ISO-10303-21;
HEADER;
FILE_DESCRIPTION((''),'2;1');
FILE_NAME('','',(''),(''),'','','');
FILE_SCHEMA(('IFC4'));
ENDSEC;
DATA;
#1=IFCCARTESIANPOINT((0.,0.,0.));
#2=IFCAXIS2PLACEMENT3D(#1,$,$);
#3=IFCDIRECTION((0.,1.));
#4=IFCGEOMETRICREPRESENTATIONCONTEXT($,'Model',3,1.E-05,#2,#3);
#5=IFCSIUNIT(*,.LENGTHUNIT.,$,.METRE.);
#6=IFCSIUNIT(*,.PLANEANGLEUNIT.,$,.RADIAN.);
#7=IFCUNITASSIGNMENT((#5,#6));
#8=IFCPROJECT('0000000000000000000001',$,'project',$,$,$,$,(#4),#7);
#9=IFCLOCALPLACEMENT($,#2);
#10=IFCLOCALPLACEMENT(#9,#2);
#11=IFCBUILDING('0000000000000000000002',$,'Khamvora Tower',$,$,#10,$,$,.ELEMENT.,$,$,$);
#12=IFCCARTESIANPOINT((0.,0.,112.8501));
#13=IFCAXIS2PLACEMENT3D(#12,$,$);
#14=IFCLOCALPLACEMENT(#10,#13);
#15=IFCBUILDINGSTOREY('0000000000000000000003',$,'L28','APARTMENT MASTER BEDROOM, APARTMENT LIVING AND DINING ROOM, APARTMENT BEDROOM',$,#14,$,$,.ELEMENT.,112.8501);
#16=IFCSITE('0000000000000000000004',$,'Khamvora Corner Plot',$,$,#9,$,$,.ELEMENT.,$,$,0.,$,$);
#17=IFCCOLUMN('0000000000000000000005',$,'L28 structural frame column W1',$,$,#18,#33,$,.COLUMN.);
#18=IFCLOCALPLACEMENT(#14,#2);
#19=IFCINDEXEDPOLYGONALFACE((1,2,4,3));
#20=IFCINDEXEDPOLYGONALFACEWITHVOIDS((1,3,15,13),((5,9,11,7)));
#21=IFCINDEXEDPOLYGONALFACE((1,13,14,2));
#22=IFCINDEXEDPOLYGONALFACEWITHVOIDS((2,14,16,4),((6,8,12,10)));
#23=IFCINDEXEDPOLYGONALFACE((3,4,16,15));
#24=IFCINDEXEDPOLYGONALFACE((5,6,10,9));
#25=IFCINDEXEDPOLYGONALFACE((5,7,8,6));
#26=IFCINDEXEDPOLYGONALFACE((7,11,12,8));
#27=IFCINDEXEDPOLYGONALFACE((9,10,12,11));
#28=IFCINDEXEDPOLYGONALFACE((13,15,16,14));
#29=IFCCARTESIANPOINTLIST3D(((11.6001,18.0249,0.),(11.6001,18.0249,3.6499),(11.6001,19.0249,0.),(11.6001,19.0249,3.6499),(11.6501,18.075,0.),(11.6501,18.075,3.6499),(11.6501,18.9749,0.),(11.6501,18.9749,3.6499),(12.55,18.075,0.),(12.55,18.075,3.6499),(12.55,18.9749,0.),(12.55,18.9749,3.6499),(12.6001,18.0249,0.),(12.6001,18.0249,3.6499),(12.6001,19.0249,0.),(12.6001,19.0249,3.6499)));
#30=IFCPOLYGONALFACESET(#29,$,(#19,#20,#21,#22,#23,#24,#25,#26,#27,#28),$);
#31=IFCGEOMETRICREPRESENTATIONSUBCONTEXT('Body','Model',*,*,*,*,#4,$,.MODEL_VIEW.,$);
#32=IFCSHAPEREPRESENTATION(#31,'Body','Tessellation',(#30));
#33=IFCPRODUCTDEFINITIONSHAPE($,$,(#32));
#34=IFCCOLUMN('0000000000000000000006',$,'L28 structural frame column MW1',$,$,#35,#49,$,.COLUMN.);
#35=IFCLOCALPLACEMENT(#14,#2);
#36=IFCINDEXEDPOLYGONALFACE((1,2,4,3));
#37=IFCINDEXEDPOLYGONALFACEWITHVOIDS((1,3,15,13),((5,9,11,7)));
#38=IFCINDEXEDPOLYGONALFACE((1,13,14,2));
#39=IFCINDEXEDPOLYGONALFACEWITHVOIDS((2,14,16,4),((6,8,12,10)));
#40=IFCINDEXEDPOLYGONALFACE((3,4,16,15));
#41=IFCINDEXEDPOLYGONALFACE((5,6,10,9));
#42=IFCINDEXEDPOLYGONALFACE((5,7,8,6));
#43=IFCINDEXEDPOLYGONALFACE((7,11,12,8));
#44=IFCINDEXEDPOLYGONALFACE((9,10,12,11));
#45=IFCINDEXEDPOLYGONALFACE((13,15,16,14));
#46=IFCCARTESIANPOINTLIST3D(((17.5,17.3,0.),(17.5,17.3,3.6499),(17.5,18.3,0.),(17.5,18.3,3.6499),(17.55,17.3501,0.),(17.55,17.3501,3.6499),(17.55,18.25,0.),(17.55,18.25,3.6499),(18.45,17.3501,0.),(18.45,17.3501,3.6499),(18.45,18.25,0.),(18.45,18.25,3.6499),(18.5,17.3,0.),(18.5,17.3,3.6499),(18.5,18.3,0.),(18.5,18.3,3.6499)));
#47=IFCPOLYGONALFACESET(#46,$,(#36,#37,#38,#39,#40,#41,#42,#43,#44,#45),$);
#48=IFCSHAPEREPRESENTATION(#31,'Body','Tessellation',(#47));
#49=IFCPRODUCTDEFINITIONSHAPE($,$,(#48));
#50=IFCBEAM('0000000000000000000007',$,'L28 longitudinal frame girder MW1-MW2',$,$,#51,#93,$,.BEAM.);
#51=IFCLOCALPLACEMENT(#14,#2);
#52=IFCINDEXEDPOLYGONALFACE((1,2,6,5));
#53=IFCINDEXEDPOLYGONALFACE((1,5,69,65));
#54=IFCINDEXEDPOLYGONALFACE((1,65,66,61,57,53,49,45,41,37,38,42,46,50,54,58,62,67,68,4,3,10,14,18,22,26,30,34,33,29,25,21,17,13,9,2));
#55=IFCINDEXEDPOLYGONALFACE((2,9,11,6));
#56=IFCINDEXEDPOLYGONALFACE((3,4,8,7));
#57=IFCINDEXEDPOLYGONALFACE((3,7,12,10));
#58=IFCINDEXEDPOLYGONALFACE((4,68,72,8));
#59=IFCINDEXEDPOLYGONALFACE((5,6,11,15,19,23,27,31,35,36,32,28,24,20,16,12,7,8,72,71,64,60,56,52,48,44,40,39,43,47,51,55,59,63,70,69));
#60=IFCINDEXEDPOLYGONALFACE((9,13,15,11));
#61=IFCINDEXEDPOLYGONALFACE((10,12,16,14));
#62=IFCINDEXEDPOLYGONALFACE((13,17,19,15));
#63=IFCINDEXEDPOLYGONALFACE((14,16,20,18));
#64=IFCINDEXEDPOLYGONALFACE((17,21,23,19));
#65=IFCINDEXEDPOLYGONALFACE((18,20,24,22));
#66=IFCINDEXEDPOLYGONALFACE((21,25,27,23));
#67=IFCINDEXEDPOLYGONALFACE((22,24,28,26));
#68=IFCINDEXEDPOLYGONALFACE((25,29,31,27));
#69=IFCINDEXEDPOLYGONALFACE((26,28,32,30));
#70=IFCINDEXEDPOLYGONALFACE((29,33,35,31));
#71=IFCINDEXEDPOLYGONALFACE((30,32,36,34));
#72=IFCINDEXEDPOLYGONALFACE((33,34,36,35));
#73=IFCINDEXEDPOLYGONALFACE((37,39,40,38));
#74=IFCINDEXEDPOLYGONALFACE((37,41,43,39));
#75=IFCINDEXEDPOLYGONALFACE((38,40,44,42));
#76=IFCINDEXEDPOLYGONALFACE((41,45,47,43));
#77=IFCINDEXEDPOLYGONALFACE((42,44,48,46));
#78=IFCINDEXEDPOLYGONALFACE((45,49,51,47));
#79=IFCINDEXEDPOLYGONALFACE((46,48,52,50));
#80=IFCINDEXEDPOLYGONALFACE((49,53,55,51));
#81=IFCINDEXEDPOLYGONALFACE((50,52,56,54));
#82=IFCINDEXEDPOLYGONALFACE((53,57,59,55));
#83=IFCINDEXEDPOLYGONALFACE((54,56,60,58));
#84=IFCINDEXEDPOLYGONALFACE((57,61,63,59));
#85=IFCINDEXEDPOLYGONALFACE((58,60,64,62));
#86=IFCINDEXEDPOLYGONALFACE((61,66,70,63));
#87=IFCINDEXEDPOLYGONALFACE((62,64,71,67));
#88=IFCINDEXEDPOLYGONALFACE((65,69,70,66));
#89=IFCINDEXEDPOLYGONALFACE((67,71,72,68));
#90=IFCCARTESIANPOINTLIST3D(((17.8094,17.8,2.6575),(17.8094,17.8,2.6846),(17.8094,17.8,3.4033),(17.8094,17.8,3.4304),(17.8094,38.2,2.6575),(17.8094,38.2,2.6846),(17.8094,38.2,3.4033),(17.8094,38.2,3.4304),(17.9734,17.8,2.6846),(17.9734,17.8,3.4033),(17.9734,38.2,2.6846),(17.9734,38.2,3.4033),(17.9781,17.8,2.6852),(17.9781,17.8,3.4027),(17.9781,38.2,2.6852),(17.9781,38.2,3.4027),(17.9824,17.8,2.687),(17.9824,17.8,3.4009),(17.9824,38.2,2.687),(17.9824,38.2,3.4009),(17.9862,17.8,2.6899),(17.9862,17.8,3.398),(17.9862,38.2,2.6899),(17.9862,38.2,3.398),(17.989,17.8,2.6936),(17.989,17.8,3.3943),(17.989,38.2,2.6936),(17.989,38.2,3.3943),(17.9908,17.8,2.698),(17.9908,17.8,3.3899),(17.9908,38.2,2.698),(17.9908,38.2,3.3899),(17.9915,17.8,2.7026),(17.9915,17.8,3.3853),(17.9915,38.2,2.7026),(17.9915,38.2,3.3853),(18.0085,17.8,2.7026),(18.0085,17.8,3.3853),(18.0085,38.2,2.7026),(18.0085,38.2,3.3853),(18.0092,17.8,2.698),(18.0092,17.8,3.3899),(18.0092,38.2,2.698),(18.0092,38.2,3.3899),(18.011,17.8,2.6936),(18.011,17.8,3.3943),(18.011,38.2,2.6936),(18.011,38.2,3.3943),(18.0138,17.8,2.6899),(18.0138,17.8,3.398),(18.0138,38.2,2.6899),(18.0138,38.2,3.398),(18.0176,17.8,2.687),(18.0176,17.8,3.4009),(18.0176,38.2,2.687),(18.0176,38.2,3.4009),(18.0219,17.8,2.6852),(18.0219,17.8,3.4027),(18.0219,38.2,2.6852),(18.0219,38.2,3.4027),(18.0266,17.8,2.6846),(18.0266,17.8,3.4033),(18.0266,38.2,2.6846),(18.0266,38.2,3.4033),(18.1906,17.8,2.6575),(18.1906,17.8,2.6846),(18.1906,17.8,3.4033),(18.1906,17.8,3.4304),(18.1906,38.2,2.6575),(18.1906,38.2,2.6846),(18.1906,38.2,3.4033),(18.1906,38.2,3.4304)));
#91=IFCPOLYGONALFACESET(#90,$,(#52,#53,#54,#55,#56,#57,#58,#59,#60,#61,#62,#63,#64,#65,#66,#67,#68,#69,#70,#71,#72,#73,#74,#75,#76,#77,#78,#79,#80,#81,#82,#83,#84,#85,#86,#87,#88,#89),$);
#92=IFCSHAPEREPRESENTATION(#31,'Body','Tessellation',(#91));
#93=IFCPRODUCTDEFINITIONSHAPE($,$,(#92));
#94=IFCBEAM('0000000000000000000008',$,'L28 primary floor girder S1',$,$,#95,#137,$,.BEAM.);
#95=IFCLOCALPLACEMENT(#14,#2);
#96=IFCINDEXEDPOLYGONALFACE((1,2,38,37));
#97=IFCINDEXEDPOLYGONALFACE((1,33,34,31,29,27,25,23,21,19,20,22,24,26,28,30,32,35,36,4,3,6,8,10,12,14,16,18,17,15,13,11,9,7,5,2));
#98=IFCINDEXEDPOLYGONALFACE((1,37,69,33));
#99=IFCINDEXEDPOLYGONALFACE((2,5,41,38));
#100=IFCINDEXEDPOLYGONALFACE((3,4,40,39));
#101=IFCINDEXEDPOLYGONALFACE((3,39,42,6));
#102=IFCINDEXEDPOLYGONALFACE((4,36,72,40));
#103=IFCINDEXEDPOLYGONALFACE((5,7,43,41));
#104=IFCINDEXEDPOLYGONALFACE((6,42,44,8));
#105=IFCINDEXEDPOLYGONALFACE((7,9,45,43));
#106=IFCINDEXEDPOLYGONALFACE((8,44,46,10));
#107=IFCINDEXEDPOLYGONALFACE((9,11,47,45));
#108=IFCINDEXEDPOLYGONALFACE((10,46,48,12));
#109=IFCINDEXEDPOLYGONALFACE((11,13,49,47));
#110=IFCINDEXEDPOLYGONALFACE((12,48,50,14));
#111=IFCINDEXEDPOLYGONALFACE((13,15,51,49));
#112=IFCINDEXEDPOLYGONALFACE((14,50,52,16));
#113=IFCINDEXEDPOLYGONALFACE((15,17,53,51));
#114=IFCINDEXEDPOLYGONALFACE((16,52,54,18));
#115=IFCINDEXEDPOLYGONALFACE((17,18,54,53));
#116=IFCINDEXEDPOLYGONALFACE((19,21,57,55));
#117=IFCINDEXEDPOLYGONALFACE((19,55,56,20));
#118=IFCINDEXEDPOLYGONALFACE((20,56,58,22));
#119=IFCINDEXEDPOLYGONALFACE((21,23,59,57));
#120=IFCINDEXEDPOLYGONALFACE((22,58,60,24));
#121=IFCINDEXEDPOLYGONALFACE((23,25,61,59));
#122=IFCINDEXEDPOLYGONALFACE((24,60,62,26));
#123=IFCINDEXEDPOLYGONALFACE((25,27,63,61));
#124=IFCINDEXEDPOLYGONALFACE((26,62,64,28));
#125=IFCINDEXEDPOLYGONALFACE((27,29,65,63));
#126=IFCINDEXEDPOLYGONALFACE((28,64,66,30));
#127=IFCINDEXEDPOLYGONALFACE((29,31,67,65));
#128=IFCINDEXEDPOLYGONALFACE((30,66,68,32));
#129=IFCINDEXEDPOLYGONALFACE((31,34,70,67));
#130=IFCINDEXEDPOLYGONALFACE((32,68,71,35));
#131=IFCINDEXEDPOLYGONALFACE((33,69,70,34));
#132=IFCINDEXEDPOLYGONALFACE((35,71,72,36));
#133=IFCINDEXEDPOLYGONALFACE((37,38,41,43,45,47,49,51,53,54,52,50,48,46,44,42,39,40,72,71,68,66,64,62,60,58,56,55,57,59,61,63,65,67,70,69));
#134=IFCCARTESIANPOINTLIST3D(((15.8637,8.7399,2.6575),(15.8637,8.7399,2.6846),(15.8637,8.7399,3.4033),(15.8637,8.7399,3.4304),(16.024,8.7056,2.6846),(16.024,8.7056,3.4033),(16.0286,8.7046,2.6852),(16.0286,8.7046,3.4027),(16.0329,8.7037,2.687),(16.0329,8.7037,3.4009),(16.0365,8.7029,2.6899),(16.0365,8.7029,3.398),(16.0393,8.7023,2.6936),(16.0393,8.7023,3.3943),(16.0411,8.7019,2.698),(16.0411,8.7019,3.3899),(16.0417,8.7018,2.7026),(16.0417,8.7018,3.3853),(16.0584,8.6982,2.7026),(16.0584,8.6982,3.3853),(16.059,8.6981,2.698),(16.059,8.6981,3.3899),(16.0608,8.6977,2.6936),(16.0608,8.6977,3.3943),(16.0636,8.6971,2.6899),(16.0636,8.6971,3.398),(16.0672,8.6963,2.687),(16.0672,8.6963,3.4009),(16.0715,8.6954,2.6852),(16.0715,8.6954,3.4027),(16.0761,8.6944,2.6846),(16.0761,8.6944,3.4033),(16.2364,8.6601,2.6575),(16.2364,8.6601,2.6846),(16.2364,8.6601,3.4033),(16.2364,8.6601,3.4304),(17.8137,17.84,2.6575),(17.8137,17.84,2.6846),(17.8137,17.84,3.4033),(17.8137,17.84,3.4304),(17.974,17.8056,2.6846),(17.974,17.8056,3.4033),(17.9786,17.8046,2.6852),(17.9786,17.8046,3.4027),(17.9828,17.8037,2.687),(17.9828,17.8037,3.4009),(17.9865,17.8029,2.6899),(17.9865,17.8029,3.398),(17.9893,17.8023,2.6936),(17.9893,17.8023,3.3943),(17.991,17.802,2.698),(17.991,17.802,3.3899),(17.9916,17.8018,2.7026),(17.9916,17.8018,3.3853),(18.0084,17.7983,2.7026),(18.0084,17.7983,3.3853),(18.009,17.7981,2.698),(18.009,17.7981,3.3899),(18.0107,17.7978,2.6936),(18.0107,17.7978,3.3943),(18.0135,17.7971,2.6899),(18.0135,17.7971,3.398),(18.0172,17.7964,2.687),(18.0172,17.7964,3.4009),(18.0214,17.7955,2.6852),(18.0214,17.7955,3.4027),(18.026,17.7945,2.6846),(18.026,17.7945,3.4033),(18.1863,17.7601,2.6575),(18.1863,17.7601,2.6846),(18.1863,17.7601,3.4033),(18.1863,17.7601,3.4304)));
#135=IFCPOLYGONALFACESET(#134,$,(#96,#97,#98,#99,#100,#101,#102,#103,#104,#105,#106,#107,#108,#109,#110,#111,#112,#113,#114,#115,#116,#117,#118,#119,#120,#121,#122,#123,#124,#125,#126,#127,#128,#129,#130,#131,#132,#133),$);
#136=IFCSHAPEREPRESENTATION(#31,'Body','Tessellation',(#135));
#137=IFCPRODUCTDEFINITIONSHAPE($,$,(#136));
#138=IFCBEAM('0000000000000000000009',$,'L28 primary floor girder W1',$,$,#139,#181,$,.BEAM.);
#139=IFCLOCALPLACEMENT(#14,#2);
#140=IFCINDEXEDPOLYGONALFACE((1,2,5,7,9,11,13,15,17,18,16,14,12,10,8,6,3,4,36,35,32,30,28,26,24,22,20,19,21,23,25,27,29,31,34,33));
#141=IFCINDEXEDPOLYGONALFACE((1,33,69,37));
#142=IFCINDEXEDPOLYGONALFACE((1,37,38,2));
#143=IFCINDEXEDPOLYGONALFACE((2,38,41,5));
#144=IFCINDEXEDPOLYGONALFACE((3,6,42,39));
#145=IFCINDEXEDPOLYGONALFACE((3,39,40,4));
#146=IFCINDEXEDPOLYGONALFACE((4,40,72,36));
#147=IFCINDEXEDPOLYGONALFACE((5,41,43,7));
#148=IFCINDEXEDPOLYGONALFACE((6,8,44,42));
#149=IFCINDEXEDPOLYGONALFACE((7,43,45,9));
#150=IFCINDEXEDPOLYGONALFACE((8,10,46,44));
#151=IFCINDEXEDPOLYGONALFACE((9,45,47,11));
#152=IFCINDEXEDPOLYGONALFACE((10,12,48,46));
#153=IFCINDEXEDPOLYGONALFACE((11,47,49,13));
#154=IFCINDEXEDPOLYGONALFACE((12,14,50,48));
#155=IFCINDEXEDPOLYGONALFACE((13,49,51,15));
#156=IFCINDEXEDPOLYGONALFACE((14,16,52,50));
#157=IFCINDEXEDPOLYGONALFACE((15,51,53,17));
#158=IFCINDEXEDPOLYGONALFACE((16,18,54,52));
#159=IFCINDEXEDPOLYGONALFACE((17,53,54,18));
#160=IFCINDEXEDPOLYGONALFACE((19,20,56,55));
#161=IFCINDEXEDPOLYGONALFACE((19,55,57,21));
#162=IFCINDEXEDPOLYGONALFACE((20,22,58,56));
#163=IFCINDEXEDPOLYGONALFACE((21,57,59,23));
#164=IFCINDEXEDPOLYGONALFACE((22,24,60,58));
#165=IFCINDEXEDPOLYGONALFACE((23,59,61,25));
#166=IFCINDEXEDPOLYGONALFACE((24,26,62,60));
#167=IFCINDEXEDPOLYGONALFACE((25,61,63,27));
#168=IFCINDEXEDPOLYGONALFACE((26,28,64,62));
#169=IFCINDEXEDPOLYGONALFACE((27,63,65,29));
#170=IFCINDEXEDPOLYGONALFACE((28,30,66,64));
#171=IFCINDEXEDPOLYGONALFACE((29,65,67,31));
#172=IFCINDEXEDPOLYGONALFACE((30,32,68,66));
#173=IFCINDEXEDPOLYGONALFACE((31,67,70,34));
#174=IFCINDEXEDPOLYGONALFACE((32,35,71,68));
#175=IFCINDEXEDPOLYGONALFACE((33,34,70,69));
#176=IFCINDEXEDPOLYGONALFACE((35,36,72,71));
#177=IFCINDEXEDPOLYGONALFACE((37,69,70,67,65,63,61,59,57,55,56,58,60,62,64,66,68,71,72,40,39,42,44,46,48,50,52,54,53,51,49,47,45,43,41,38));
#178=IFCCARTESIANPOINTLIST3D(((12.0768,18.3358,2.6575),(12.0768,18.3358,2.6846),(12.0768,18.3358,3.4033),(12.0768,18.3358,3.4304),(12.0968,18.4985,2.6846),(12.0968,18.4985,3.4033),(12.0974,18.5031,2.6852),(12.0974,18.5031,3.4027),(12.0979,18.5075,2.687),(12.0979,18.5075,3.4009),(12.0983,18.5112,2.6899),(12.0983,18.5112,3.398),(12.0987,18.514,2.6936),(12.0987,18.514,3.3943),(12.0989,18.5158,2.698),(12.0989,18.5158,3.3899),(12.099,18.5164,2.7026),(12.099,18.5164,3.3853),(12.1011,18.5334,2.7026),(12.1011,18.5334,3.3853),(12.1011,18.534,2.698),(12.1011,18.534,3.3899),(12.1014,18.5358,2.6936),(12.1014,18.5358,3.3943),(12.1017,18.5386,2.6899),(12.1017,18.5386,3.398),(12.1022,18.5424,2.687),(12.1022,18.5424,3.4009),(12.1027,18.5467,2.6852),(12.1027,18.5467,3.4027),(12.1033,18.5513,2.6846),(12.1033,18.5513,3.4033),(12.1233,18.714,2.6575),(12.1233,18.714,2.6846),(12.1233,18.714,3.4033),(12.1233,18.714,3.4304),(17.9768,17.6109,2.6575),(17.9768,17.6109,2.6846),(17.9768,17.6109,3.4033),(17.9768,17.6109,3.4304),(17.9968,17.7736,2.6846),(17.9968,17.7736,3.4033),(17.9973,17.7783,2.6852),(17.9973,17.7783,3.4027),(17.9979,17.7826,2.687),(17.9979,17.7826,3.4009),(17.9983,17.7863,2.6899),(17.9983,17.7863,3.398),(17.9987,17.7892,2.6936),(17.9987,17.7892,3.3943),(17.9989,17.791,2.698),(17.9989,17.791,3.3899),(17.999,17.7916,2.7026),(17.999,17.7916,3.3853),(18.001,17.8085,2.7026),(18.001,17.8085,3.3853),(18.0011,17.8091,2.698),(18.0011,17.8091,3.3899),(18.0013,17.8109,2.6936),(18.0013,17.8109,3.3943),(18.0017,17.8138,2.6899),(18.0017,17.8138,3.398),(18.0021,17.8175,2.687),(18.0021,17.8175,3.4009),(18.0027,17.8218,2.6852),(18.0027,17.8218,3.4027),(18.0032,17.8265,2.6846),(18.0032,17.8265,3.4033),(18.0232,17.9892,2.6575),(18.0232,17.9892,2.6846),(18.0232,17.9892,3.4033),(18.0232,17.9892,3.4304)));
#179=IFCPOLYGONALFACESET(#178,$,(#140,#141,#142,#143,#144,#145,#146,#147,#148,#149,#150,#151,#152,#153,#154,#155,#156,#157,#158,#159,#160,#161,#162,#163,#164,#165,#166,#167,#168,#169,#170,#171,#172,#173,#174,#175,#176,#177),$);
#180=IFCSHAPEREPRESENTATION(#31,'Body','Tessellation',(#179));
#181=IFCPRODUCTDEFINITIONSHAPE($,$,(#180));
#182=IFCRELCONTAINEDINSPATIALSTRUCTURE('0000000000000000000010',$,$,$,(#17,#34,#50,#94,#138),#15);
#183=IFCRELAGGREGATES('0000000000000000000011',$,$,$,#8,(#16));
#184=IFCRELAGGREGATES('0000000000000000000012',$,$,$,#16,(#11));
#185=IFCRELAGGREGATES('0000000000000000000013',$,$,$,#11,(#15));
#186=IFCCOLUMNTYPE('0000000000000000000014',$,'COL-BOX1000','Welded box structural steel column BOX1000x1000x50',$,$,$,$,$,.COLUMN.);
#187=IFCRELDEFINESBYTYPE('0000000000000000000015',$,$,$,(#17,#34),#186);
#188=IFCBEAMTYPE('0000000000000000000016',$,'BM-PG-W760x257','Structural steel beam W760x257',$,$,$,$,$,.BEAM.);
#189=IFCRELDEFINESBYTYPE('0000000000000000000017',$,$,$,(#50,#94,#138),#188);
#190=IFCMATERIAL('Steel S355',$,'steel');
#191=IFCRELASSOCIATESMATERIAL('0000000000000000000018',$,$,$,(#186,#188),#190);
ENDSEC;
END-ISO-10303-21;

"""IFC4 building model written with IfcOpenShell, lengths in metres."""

from ifc_helpers import new_model, si_unit, direction, frame, origin, origin_2d, place, context, subcontext, project, spatial, hollow_rectangle, i_section, extrude, material, material_profile, profile_set, type_object, element, save


model = new_model("IFC4")

# Units and contexts
model_context = context("Model", 3, precision=1e-05, world=origin(), true_north=direction((0.0, 1.0)))
body_context = subcontext(model_context, "Body", "Model", "MODEL_VIEW")
ifc_project = project(units=[si_unit("LENGTHUNIT", "METRE"), si_unit("PLANEANGLEUNIT", "RADIAN")], contexts=[model_context])

# Site, building, storey
site_placement = place(None, origin())
site = spatial("IfcSite", under=ifc_project, at=site_placement, Name="Khamvora Corner Plot", CompositionType="ELEMENT", RefElevation=0.0)
building_placement = place(site_placement, origin())
building = spatial("IfcBuilding", under=site, at=building_placement, Name="Khamvora Tower", CompositionType="ELEMENT")
storey_placement = place(building_placement, frame((0.0, 0.0, 112.8501)))
storey = spatial("IfcBuildingStorey", under=building, at=storey_placement, Name="L28", Description="APARTMENT MASTER BEDROOM, APARTMENT LIVING AND DINING ROOM, APARTMENT BEDROOM", CompositionType="ELEMENT", Elevation=112.8501)

# Columns
ifc_material_1 = material(Name="Steel S355", Category="steel")
ifc_material_profile_1 = material_profile(ifc_material_1, hollow_rectangle(XDim=1.0, YDim=1.0, WallThickness=0.05, at=origin_2d()), Name="BOX1000x1000x50")
ifc_profile_set_1 = profile_set([ifc_material_profile_1], Name="Steel S355")
column_type = type_object("IfcColumnType", Name="COL-BOX1000", Description="Welded box structural steel column BOX1000x1000x50", PredefinedType="COLUMN", material=ifc_profile_set_1)
for number, where, z_axis, x_axis, name in (
    (1, (12.1001, 18.5249, 0.0), (0.0, 0.0, 1.0), (1.0, 0.0, 0.0), "L28 structural frame column W1"),
    (2, (18.0, 17.8, 0.0), (0.0, 0.0, 1.0), (1.0, 0.0, 0.0), "L28 structural frame column MW1"),
):
    element("IfcColumn", number, at=place(storey_placement, frame(where, z_axis=z_axis, x_axis=x_axis)), inside=storey, type_object=column_type, Name=name, PredefinedType="COLUMN", context=body_context, shape_type="SweptSolid", body=[
        extrude(hollow_rectangle(XDim=1.0, YDim=1.0, WallThickness=0.05, at=origin_2d()), origin(), (0.0, 0.0, 1.0), 3.6499),
    ])

# Beams
ifc_material_profile_2 = material_profile(ifc_material_1, i_section(OverallWidth=0.3811, OverallDepth=0.7729, WebThickness=0.0171, FlangeThickness=0.0271, FilletRadius=0.0181, at=origin_2d()), Name="W760x257")
ifc_profile_set_2 = profile_set([ifc_material_profile_2], Name="Steel S355")
beam_type_1 = type_object("IfcBeamType", Name="BM-PG-W760x257", Description="Structural steel beam W760x257", PredefinedType="BEAM", material=ifc_profile_set_2)
beam_1_placement = place(storey_placement, frame((18.0, 17.8, 3.0439), z_axis=(0.0, 1.0, 0.0), x_axis=(-1.0, 0.0, 0.0)))
element("IfcBeam", 3, at=beam_1_placement, inside=storey, type_object=beam_type_1, Name="L28 longitudinal frame girder MW1-MW2", PredefinedType="BEAM", context=body_context, shape_type="SweptSolid", body=[
    extrude(i_section(OverallWidth=0.3811, OverallDepth=0.7729, WebThickness=0.0171, FlangeThickness=0.0271, FilletRadius=0.0181, at=origin_2d()), origin(), (0.0, 0.0, 1.0), 20.3999),
])
beam_2_placement = place(storey_placement, frame((18.0, 17.8, 3.0439), z_axis=(-0.209522, -0.977804, 0.0), x_axis=(0.977804, -0.209522, 0.0)))
element("IfcBeam", 4, at=beam_2_placement, inside=storey, type_object=beam_type_1, Name="L28 primary floor girder S1", PredefinedType="BEAM", context=body_context, shape_type="SweptSolid", body=[
    extrude(i_section(OverallWidth=0.3811, OverallDepth=0.7729, WebThickness=0.0171, FlangeThickness=0.0271, FilletRadius=0.0181, at=origin_2d()), origin(), (0.0, 0.0, 1.0), 9.3066),
])
beam_3_placement = place(storey_placement, frame((18.0, 17.8, 3.0439), z_axis=(-0.992537, 0.121942, 0.0), x_axis=(-0.121942, -0.992537, 0.0)))
element("IfcBeam", 5, at=beam_3_placement, inside=storey, type_object=beam_type_1, Name="L28 primary floor girder W1", PredefinedType="BEAM", context=body_context, shape_type="SweptSolid", body=[
    extrude(i_section(OverallWidth=0.3811, OverallDepth=0.7729, WebThickness=0.0171, FlangeThickness=0.0271, FilletRadius=0.0181, at=origin_2d()), origin(), (0.0, 0.0, 1.0), 5.9443),
])

save(model, "model.ifc")
